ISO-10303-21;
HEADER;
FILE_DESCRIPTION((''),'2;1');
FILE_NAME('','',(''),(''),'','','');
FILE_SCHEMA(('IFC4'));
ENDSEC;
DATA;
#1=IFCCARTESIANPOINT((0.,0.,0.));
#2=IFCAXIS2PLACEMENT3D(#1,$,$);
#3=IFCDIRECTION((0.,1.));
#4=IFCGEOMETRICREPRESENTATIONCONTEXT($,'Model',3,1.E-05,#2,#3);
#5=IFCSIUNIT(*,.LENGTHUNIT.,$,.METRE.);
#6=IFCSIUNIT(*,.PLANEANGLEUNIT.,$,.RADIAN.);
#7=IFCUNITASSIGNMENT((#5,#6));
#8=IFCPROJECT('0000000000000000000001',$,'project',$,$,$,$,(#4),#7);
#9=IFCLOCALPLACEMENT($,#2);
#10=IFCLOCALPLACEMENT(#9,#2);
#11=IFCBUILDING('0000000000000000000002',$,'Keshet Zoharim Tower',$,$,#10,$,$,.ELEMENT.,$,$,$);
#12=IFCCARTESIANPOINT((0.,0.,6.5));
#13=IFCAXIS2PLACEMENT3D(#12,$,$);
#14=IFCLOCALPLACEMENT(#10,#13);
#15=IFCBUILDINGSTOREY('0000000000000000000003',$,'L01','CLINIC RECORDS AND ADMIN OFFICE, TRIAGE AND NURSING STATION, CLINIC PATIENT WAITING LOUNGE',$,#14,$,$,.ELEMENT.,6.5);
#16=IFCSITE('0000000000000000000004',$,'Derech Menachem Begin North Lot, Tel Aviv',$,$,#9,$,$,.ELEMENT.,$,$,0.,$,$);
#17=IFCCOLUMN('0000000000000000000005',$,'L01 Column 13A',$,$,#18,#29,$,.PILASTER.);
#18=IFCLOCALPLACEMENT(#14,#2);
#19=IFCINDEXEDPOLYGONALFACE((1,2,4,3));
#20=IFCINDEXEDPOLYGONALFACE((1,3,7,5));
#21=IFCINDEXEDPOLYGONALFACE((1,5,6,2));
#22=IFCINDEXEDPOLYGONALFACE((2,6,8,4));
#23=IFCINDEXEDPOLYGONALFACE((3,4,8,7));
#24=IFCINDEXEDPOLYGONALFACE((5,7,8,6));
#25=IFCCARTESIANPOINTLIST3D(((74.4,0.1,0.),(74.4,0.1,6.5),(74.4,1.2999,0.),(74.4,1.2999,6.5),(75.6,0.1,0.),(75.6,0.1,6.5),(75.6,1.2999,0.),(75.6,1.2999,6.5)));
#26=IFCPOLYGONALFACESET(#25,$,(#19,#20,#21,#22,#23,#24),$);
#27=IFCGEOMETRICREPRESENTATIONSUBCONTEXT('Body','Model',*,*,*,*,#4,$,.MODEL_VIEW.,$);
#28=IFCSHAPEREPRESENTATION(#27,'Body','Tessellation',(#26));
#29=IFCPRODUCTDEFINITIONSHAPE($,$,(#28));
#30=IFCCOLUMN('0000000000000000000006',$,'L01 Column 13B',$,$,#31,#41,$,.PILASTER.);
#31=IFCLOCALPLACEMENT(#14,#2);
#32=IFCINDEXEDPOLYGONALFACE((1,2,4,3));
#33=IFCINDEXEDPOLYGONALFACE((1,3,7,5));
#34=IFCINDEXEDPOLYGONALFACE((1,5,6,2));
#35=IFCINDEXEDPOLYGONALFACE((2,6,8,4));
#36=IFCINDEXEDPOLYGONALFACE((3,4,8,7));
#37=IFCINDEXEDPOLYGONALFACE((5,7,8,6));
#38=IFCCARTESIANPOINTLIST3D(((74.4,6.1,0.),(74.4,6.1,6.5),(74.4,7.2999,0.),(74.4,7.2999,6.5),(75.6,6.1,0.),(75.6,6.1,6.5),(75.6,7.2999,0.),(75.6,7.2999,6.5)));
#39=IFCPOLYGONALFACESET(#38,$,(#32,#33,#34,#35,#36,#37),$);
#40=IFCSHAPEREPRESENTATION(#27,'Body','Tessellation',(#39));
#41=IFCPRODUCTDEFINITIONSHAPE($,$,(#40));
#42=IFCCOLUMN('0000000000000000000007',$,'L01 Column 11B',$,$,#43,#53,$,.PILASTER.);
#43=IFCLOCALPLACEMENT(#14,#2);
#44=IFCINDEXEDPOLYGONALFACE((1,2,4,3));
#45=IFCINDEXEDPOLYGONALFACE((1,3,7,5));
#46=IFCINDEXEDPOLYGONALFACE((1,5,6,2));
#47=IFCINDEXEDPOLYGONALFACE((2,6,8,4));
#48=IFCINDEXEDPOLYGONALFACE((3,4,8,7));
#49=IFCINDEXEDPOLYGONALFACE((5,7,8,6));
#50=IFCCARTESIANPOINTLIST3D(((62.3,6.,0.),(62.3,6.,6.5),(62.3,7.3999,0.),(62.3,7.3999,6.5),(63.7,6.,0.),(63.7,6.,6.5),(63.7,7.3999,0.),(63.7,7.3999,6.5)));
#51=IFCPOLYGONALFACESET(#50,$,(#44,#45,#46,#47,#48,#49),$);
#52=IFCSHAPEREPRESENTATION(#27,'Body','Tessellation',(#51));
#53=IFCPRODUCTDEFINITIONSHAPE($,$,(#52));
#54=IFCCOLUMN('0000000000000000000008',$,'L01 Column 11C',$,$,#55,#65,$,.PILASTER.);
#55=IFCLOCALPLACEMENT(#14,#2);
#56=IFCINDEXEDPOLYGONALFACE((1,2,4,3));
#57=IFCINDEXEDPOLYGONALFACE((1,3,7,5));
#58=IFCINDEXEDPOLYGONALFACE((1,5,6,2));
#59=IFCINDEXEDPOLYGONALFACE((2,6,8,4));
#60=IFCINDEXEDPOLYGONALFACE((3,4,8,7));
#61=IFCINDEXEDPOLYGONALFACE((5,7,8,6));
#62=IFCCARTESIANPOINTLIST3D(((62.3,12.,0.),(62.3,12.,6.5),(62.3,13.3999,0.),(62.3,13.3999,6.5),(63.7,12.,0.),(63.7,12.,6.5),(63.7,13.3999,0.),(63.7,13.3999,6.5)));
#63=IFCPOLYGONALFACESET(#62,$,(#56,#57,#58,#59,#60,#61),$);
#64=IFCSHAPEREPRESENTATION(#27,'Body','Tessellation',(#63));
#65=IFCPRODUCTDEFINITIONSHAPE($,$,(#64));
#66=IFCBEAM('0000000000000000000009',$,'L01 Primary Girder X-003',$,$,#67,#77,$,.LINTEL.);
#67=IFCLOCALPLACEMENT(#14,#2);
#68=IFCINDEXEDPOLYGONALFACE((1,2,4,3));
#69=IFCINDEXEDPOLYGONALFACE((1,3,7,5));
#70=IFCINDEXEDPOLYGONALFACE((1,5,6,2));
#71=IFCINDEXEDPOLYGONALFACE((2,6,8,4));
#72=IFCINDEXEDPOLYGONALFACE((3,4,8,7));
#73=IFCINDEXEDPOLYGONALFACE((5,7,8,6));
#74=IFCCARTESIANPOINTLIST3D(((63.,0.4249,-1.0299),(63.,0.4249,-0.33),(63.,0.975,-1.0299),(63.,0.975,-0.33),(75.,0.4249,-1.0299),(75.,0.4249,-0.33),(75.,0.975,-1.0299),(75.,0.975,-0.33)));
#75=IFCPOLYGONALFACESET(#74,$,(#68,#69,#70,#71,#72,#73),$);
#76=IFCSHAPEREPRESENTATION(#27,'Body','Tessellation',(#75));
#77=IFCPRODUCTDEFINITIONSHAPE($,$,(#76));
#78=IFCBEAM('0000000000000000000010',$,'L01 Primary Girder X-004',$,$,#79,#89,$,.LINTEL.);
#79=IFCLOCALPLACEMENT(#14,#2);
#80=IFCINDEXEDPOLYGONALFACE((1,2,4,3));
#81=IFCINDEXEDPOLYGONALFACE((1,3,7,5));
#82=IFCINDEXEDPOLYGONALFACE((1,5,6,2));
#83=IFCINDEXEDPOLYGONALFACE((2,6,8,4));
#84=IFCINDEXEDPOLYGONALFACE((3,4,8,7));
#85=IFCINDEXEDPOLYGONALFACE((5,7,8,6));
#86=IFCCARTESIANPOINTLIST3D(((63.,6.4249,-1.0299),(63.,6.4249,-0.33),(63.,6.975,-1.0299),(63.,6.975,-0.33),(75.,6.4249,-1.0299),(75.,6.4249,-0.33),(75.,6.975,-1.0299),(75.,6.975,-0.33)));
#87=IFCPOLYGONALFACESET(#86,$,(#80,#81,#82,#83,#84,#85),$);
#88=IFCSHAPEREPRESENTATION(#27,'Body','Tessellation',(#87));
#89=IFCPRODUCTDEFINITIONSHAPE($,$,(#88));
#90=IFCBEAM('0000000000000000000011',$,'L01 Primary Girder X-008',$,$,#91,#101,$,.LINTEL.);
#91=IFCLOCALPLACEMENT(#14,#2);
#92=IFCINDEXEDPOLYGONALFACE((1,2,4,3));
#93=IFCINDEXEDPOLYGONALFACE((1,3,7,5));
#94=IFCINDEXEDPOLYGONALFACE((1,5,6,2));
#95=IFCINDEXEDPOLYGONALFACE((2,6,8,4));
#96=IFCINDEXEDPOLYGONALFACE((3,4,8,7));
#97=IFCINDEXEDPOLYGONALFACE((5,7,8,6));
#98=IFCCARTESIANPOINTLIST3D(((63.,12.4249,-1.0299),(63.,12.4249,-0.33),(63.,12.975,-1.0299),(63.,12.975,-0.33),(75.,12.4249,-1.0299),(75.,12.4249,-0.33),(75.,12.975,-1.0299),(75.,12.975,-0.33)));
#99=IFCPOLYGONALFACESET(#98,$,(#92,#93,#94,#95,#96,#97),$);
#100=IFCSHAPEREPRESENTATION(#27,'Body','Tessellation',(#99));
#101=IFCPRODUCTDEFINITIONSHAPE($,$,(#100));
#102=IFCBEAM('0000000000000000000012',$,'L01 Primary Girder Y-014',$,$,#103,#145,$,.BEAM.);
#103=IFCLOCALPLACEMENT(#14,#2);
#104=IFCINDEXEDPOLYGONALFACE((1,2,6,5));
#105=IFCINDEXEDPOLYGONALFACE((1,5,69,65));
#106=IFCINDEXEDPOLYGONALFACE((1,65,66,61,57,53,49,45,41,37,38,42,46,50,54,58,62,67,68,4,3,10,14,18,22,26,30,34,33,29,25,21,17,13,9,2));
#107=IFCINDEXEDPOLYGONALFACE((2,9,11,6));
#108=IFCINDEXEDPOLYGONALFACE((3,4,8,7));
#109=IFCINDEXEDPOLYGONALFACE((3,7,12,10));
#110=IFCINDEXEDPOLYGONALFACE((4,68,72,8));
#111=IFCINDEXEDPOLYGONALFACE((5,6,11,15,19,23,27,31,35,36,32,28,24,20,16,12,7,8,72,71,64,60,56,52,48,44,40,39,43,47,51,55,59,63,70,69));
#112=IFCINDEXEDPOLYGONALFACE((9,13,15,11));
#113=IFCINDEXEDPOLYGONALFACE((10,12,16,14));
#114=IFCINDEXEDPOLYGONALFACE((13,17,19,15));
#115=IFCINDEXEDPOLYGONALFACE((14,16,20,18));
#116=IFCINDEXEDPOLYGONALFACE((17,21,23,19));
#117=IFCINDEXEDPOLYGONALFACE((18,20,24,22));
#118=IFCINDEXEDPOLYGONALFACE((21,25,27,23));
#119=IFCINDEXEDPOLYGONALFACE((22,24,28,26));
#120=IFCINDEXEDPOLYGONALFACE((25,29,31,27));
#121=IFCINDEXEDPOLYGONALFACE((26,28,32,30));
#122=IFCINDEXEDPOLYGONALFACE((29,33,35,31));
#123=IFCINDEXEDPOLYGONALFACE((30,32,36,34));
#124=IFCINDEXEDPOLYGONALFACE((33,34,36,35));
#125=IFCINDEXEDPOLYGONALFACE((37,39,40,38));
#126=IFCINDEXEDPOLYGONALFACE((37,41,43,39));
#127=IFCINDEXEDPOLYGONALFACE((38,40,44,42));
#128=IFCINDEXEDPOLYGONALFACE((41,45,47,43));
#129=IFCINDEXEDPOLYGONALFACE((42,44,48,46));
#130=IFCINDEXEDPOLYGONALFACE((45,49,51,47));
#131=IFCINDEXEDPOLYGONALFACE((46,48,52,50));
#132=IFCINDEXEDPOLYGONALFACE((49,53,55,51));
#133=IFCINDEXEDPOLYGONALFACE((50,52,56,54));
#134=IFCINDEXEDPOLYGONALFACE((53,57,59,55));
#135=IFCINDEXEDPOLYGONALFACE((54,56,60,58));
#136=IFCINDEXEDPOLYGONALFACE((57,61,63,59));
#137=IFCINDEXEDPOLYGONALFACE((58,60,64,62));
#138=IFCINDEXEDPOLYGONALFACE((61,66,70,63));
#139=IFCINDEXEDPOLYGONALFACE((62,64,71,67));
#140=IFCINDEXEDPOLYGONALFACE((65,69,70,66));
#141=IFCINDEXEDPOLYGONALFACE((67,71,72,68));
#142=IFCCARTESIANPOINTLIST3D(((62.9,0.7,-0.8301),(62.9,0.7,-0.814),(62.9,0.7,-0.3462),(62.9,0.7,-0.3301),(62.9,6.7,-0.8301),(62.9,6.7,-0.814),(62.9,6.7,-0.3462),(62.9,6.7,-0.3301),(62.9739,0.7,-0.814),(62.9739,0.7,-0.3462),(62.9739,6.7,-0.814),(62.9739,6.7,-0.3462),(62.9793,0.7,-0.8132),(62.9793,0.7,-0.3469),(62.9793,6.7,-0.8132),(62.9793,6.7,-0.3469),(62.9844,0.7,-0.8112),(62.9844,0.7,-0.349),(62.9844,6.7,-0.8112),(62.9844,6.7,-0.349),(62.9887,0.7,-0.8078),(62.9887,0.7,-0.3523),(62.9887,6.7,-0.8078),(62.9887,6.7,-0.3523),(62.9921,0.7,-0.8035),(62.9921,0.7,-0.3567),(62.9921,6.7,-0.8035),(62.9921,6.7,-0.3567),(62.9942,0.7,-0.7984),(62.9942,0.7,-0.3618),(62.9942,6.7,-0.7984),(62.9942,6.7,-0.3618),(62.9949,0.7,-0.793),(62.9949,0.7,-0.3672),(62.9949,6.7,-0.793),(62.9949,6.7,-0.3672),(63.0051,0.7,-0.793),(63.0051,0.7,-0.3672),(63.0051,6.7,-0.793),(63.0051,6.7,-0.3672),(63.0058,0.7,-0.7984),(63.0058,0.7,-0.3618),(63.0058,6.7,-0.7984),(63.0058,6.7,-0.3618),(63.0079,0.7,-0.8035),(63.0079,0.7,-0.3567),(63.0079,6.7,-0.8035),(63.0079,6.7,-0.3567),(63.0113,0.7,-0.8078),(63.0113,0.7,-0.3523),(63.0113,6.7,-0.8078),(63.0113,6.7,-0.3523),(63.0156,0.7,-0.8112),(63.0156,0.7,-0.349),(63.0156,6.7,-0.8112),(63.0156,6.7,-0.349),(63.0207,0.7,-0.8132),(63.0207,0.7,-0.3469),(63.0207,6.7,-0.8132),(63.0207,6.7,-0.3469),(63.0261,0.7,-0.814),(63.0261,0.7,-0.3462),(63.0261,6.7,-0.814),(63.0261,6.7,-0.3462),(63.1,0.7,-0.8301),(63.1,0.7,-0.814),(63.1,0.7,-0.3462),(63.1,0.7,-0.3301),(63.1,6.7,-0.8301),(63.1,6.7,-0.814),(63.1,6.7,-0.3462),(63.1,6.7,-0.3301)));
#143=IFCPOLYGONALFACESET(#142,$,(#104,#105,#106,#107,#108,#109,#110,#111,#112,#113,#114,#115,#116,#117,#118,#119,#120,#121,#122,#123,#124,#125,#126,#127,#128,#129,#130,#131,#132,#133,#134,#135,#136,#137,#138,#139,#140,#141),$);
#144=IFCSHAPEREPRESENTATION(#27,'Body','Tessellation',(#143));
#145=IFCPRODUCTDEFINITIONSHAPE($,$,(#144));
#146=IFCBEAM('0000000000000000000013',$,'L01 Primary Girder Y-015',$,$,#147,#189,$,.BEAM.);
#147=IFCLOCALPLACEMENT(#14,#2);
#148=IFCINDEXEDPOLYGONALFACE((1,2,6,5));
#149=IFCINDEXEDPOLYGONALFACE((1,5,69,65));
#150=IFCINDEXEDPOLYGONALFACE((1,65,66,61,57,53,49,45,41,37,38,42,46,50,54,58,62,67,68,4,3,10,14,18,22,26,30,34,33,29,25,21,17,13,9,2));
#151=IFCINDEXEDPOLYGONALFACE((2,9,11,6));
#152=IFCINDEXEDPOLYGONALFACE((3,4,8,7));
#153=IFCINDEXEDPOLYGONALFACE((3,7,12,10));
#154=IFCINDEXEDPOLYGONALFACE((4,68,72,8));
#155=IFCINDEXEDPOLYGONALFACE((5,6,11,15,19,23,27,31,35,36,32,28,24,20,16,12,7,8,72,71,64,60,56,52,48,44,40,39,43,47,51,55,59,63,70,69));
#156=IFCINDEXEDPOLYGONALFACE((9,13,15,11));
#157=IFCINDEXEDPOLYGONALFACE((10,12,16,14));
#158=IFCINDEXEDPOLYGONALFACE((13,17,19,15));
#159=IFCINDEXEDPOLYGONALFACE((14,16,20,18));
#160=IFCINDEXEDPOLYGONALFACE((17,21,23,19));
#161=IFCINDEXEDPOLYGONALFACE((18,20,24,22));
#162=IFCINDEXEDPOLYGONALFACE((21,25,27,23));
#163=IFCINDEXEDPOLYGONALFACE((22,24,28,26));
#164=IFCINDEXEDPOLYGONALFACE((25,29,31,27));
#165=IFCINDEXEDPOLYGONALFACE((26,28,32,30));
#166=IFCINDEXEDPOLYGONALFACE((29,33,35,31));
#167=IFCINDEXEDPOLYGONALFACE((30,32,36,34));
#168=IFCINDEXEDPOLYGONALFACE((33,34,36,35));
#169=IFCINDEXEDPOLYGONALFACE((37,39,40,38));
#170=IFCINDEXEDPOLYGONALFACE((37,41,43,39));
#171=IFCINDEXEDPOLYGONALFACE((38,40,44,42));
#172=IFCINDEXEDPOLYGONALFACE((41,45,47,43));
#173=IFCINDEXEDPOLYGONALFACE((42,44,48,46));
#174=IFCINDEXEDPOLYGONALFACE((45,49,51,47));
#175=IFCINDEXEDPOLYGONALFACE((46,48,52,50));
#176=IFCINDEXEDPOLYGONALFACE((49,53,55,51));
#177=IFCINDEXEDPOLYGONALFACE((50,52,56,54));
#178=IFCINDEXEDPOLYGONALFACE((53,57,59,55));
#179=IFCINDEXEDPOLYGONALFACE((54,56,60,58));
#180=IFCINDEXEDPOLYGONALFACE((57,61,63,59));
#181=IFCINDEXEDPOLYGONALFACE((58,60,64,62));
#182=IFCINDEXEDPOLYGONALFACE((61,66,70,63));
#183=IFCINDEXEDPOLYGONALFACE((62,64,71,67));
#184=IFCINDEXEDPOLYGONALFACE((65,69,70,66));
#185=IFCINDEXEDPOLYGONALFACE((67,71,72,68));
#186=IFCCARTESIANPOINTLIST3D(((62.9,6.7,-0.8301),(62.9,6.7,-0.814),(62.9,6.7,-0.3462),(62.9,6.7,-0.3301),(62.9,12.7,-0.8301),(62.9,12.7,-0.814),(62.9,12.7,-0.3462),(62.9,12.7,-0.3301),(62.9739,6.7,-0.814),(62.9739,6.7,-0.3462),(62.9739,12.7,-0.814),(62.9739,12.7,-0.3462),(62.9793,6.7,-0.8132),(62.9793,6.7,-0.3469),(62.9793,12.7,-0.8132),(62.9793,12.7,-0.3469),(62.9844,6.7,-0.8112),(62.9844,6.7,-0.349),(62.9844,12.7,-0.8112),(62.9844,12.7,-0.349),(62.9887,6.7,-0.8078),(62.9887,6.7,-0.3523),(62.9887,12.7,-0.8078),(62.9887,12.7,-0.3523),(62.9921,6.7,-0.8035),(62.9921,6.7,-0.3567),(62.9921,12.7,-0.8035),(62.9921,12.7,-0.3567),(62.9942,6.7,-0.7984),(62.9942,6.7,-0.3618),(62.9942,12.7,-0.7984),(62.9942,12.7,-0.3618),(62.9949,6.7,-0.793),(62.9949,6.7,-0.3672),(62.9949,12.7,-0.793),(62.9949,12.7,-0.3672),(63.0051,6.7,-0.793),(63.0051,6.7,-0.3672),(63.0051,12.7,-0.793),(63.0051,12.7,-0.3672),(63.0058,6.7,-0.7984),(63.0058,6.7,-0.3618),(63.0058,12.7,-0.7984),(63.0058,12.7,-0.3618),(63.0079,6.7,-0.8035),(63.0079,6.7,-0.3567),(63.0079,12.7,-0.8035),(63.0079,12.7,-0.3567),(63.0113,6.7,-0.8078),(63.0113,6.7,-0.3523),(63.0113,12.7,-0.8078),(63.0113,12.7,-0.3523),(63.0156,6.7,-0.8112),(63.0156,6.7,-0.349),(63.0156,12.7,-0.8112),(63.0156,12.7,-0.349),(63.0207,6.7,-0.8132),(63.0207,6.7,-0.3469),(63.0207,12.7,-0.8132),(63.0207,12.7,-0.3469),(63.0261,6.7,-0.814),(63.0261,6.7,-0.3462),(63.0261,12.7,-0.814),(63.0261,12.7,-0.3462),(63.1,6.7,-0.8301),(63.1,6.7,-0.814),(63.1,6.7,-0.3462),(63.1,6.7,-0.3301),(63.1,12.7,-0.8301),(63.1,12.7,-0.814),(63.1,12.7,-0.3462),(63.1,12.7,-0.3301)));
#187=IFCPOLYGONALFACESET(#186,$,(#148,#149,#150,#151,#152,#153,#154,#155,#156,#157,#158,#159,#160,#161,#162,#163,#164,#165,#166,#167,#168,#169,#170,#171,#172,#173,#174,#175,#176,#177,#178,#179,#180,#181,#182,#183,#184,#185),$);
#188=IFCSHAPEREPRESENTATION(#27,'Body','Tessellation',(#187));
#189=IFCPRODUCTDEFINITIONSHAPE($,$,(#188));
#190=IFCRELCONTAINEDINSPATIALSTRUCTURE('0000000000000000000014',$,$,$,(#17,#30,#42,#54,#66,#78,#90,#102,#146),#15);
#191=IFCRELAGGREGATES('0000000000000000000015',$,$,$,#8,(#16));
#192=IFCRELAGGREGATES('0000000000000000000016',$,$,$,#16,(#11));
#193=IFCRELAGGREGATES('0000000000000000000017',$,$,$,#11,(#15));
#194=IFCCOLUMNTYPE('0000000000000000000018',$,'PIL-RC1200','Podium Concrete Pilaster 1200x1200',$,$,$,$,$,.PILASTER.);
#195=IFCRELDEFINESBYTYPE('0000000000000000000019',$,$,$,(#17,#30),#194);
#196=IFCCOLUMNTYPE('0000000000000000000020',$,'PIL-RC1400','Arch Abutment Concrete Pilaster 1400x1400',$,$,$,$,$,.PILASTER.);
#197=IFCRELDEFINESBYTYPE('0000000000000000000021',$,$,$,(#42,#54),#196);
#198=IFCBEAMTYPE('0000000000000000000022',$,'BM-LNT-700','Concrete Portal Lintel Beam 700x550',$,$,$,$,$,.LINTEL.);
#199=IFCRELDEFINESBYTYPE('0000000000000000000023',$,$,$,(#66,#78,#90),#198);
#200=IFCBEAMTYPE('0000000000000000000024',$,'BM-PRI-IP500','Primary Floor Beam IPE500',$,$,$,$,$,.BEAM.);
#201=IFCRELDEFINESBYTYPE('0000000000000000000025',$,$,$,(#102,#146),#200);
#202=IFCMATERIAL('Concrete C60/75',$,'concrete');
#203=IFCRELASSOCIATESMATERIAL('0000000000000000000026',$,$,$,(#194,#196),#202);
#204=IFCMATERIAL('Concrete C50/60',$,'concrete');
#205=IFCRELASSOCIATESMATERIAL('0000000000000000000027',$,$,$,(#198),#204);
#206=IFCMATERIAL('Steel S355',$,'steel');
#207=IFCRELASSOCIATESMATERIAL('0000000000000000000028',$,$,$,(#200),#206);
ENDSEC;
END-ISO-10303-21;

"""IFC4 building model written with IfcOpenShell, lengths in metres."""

from ifc_helpers import new_model, si_unit, direction, frame, origin, origin_2d, place, context, subcontext, project, spatial, rectangle, i_section, extrude, material, material_profile, profile_set, type_object, element, save


model = new_model("IFC4")

# Units and contexts
model_context = context("Model", 3, precision=1e-05, world=origin(), true_north=direction((0.0, 1.0)))
body_context = subcontext(model_context, "Body", "Model", "MODEL_VIEW")
ifc_project = project(units=[si_unit("LENGTHUNIT", "METRE"), si_unit("PLANEANGLEUNIT", "RADIAN")], contexts=[model_context])

# Site, building, storey
site_placement = place(None, origin())
site = spatial("IfcSite", under=ifc_project, at=site_placement, Name="Derech Menachem Begin North Lot, Tel Aviv", CompositionType="ELEMENT", RefElevation=0.0)
building_placement = place(site_placement, origin())
building = spatial("IfcBuilding", under=site, at=building_placement, Name="Keshet Zoharim Tower", CompositionType="ELEMENT")
storey_placement = place(building_placement, frame((0.0, 0.0, 6.5)))
storey = spatial("IfcBuildingStorey", under=building, at=storey_placement, Name="L01", Description="CLINIC RECORDS AND ADMIN OFFICE, TRIAGE AND NURSING STATION, CLINIC PATIENT WAITING LOUNGE", CompositionType="ELEMENT", Elevation=6.5)

# Columns
ifc_material_1 = material(Name="Concrete C60/75", Category="concrete")
ifc_material_profile_1 = material_profile(ifc_material_1, rectangle(XDim=1.2, YDim=1.2, at=origin_2d()), Name="RC1200x1200")
ifc_profile_set_1 = profile_set([ifc_material_profile_1], Name="Concrete C60/75")
column_type_1 = type_object("IfcColumnType", Name="PIL-RC1200", Description="Podium Concrete Pilaster 1200x1200", PredefinedType="PILASTER", material=ifc_profile_set_1)
for number, where, z_axis, x_axis, name in (
    (1, (75.0, 0.7, 0.0), (0.0, 0.0, 1.0), (1.0, 0.0, 0.0), "L01 Column 13A"),
    (2, (75.0, 6.7, 0.0), (0.0, 0.0, 1.0), (1.0, 0.0, 0.0), "L01 Column 13B"),
):
    element("IfcColumn", number, at=place(storey_placement, frame(where, z_axis=z_axis, x_axis=x_axis)), inside=storey, type_object=column_type_1, Name=name, PredefinedType="PILASTER", context=body_context, shape_type="SweptSolid", body=[
        extrude(rectangle(XDim=1.2, YDim=1.2, at=origin_2d()), origin(), (0.0, 0.0, 1.0), 6.5),
    ])
ifc_material_profile_2 = material_profile(ifc_material_1, rectangle(XDim=1.3999, YDim=1.3999, at=origin_2d()), Name="RC1400x1400")
ifc_profile_set_2 = profile_set([ifc_material_profile_2], Name="Concrete C60/75")
column_type_2 = type_object("IfcColumnType", Name="PIL-RC1400", Description="Arch Abutment Concrete Pilaster 1400x1400", PredefinedType="PILASTER", material=ifc_profile_set_2)
for number, where, z_axis, x_axis, name in (
    (3, (63.0, 6.7, 0.0), (0.0, 0.0, 1.0), (1.0, 0.0, 0.0), "L01 Column 11B"),
    (4, (63.0, 12.7, 0.0), (0.0, 0.0, 1.0), (1.0, 0.0, 0.0), "L01 Column 11C"),
):
    element("IfcColumn", number, at=place(storey_placement, frame(where, z_axis=z_axis, x_axis=x_axis)), inside=storey, type_object=column_type_2, Name=name, PredefinedType="PILASTER", context=body_context, shape_type="SweptSolid", body=[
        extrude(rectangle(XDim=1.3999, YDim=1.3999, at=origin_2d()), origin(), (0.0, 0.0, 1.0), 6.5),
    ])

# Beams
ifc_material_2 = material(Name="Concrete C50/60", Category="concrete")
ifc_material_profile_3 = material_profile(ifc_material_2, rectangle(XDim=0.55, YDim=0.7, at=origin_2d()), Name="RC700x550")
ifc_profile_set_3 = profile_set([ifc_material_profile_3], Name="Concrete C50/60")
beam_type_1 = type_object("IfcBeamType", Name="BM-LNT-700", Description="Concrete Portal Lintel Beam 700x550", PredefinedType="LINTEL", material=ifc_profile_set_3)
for number, where, z_axis, x_axis, name in (
    (5, (63.0, 0.7, -0.6799), (1.0, 0.0, 0.0), (0.0, 1.0, 0.0), "L01 Primary Girder X-003"),
    (6, (63.0, 6.7, -0.6799), (1.0, 0.0, 0.0), (0.0, 1.0, 0.0), "L01 Primary Girder X-004"),
    (7, (63.0, 12.7, -0.6799), (1.0, 0.0, 0.0), (0.0, 1.0, 0.0), "L01 Primary Girder X-008"),
):
    element("IfcBeam", number, at=place(storey_placement, frame(where, z_axis=z_axis, x_axis=x_axis)), inside=storey, type_object=beam_type_1, Name=name, PredefinedType="LINTEL", context=body_context, shape_type="SweptSolid", body=[
        extrude(rectangle(XDim=0.55, YDim=0.7, at=origin_2d()), origin(), (0.0, 0.0, 1.0), 12.0),
    ])
ifc_material_3 = material(Name="Steel S355", Category="steel")
ifc_material_profile_4 = material_profile(ifc_material_3, i_section(OverallWidth=0.2, OverallDepth=0.5, WebThickness=0.0103, FlangeThickness=0.0161, FilletRadius=0.021, at=origin_2d()), Name="IPE500")
ifc_profile_set_4 = profile_set([ifc_material_profile_4], Name="Steel S355")
beam_type_2 = type_object("IfcBeamType", Name="BM-PRI-IP500", Description="Primary Floor Beam IPE500", PredefinedType="BEAM", material=ifc_profile_set_4)
for number, where, z_axis, x_axis, name in (
    (8, (63.0, 0.7, -0.5801), (0.0, 1.0, 0.0), (-1.0, 0.0, 0.0), "L01 Primary Girder Y-014"),
    (9, (63.0, 6.7, -0.5801), (0.0, 1.0, 0.0), (-1.0, 0.0, 0.0), "L01 Primary Girder Y-015"),
):
    element("IfcBeam", number, at=place(storey_placement, frame(where, z_axis=z_axis, x_axis=x_axis)), inside=storey, type_object=beam_type_2, Name=name, PredefinedType="BEAM", context=body_context, shape_type="SweptSolid", body=[
        extrude(i_section(OverallWidth=0.2, OverallDepth=0.5, WebThickness=0.0103, FlangeThickness=0.0161, FilletRadius=0.021, at=origin_2d()), origin(), (0.0, 0.0, 1.0), 6.0),
    ])

save(model, "model.ifc")
